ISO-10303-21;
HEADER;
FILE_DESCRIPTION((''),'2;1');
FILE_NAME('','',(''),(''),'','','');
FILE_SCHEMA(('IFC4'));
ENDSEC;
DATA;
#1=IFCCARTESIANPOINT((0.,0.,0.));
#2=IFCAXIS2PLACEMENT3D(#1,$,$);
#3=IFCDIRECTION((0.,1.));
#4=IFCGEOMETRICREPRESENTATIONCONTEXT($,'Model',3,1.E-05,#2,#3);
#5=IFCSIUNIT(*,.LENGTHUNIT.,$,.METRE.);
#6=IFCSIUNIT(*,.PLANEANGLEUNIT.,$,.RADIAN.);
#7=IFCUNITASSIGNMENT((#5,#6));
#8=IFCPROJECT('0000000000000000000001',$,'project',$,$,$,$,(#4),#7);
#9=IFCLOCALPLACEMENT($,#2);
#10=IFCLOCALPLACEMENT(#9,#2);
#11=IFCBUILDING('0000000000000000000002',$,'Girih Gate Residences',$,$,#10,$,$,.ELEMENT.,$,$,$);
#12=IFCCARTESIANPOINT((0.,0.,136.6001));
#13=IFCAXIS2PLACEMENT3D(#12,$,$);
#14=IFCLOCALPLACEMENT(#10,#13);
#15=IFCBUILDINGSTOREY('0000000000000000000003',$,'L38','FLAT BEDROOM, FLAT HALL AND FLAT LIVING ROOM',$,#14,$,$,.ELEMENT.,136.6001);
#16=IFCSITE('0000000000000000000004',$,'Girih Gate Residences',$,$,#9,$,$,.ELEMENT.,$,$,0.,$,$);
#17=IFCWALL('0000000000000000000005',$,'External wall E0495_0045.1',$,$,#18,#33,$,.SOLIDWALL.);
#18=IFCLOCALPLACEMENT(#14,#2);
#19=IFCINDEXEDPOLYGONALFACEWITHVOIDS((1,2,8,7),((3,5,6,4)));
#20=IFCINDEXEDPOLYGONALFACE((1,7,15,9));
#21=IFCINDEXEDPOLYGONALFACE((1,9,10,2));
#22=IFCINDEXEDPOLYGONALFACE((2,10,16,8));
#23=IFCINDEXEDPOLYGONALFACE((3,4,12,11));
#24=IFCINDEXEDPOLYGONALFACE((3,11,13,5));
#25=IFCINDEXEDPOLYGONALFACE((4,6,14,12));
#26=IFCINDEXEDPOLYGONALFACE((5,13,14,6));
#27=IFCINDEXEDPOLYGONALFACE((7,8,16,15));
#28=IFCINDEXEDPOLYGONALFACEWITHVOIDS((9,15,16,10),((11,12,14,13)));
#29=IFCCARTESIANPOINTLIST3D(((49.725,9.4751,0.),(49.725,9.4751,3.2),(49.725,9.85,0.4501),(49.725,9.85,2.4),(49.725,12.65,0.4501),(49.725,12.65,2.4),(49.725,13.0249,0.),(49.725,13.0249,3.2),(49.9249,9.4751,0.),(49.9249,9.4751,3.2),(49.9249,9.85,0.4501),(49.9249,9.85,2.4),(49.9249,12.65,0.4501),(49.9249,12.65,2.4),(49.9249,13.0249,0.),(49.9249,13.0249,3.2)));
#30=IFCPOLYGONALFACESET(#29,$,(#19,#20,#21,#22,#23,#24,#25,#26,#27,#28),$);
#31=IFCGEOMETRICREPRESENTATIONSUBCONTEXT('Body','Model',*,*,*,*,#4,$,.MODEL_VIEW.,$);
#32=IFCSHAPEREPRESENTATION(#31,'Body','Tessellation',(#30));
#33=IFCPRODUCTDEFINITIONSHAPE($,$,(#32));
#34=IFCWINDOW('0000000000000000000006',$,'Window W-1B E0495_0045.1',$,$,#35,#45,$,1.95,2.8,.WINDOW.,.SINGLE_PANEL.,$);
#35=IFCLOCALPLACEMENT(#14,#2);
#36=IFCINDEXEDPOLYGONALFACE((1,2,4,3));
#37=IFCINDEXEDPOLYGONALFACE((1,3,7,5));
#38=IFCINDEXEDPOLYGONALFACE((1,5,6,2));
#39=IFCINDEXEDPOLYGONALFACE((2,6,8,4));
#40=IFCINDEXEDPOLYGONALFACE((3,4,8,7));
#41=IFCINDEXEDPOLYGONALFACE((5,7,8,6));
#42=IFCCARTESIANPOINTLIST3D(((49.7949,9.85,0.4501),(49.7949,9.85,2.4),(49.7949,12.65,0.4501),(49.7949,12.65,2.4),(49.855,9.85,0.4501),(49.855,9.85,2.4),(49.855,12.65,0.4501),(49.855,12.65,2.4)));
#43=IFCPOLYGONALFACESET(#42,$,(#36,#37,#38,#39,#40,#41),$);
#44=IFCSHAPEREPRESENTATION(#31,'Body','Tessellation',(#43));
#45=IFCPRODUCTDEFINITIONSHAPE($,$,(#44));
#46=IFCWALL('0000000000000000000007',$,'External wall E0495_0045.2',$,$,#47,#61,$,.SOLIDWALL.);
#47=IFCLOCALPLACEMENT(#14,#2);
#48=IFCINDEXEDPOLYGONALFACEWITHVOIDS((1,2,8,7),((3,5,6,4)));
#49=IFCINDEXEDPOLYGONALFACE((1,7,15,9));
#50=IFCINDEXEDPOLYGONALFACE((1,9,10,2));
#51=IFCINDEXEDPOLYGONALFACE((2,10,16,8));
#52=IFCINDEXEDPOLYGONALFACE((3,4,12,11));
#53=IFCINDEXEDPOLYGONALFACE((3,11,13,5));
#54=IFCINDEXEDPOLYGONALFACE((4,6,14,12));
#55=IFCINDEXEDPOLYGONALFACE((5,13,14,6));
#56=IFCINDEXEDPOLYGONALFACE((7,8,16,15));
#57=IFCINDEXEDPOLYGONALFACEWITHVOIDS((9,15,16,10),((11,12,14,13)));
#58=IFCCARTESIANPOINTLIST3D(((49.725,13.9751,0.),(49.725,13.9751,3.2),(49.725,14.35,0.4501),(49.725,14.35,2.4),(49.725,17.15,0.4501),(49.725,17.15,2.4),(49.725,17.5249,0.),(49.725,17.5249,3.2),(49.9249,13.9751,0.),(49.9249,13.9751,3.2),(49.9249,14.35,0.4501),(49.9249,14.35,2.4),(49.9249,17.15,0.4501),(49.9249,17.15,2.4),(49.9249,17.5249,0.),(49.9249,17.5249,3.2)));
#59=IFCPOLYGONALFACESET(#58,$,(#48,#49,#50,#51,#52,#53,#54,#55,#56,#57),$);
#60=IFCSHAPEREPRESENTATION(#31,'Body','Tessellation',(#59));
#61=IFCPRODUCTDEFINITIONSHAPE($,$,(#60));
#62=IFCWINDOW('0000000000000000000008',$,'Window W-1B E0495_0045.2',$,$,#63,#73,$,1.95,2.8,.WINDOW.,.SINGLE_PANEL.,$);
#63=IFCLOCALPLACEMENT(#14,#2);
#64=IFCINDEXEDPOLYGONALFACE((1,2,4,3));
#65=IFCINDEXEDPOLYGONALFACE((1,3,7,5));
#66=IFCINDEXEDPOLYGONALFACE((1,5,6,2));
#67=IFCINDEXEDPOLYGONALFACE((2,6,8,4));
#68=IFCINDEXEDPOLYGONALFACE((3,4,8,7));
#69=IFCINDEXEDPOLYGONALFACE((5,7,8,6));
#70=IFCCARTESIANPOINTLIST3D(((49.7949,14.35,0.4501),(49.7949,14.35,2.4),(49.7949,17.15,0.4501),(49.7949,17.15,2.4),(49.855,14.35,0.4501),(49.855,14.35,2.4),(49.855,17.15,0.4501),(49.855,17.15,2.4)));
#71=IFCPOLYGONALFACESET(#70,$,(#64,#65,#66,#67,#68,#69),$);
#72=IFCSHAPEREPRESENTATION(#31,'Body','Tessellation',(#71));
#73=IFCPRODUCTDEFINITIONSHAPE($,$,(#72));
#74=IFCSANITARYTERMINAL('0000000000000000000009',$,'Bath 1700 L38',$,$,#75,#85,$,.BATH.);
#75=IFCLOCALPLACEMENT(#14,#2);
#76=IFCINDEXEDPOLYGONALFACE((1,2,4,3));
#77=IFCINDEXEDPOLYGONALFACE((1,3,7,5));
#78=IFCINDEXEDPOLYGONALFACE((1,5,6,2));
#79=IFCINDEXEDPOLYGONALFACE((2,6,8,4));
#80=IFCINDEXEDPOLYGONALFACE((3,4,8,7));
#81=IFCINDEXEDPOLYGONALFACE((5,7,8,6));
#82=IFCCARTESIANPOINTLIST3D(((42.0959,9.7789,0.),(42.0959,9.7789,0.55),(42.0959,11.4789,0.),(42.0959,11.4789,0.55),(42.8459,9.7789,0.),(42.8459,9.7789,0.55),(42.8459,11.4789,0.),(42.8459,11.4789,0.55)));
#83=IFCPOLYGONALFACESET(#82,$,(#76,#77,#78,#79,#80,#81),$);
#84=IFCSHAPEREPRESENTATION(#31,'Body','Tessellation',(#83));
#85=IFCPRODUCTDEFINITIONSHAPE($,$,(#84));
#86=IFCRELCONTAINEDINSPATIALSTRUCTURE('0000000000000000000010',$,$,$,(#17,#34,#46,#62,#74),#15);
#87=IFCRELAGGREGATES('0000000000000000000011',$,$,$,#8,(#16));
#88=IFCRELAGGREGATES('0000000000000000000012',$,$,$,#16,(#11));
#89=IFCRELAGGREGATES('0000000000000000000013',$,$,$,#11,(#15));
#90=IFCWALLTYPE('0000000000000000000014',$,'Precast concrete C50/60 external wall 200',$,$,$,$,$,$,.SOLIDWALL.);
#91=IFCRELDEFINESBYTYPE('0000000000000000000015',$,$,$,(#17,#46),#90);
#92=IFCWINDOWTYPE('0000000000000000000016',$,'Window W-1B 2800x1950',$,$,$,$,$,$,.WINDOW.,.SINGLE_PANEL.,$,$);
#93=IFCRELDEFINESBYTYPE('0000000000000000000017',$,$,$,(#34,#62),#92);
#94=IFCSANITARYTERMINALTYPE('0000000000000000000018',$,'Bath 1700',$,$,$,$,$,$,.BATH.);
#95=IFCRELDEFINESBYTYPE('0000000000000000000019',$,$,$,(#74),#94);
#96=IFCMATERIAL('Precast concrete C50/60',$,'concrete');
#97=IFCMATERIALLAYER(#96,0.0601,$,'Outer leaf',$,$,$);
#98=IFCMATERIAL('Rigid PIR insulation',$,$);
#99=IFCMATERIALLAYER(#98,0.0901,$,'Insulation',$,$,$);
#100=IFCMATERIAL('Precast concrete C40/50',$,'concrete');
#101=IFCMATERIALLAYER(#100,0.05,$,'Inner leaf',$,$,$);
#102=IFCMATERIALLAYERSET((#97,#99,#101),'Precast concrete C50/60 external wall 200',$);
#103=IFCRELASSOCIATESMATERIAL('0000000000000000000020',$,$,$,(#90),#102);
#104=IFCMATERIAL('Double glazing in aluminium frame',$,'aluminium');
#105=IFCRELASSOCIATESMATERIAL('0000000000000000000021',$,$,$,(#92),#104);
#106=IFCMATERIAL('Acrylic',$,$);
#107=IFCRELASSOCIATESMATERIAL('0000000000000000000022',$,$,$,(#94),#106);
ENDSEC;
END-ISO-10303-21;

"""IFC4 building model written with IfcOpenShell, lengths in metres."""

from ifc_helpers import new_model, si_unit, direction, frame, frame_2d, origin, origin_2d, place, context, subcontext, project, spatial, rectangle, extrude, material, layer, layer_set, type_object, element, fill, save


model = new_model("IFC4")

# Units and contexts
model_context = context("Model", 3, precision=1e-05, world=origin(), true_north=direction((0.0, 1.0)))
body_context = subcontext(model_context, "Body", "Model", "MODEL_VIEW")
ifc_project = project(units=[si_unit("LENGTHUNIT", "METRE"), si_unit("PLANEANGLEUNIT", "RADIAN")], contexts=[model_context])

# Site, building, storey
site_placement = place(None, origin())
site = spatial("IfcSite", under=ifc_project, at=site_placement, Name="Girih Gate Residences", CompositionType="ELEMENT", RefElevation=0.0)
building_placement = place(site_placement, origin())
building = spatial("IfcBuilding", under=site, at=building_placement, Name="Girih Gate Residences", CompositionType="ELEMENT")
storey_placement = place(building_placement, frame((0.0, 0.0, 136.6001)))
storey = spatial("IfcBuildingStorey", under=building, at=storey_placement, Name="L38", Description="FLAT BEDROOM, FLAT HALL AND FLAT LIVING ROOM", CompositionType="ELEMENT", Elevation=136.6001)

# Walls, openings, windows
ifc_material_1 = material(Name="Precast concrete C50/60", Category="concrete")
ifc_layer_1 = layer(ifc_material_1, 0.0601, Name="Outer leaf")
ifc_material_2 = material(Name="Rigid PIR insulation")
ifc_layer_2 = layer(ifc_material_2, 0.0901, Name="Insulation")
ifc_material_3 = material(Name="Precast concrete C40/50", Category="concrete")
ifc_layer_3 = layer(ifc_material_3, 0.05, Name="Inner leaf")
ifc_layer_set_1 = layer_set([ifc_layer_1, ifc_layer_2, ifc_layer_3], Name="Precast concrete C50/60 external wall 200")
wall_type_1 = type_object("IfcWallType", Name="Precast concrete C50/60 external wall 200", PredefinedType="SOLIDWALL", material=ifc_layer_set_1)
wall_1_placement = place(storey_placement, frame((49.825, 13.0249, 0.0), z_axis=(0.0, 0.0, 1.0), x_axis=(0.0, -1.0, 0.0)))
wall_1 = element("IfcWall", 1, at=wall_1_placement, inside=storey, type_object=wall_type_1, Name="External wall E0495_0045.1", PredefinedType="SOLIDWALL", context=body_context, shape_type="SweptSolid", body=[
    extrude(rectangle(XDim=3.5498, YDim=0.2, at=frame_2d((1.7749, 0.0))), origin(), (0.0, 0.0, 1.0), 3.2),
])
opening_1_placement = place(wall_1_placement, frame((0.375, 0.0, 0.45)))
opening_1 = element("IfcOpeningElement", 2, at=opening_1_placement, cuts=wall_1, PredefinedType="OPENING", context=body_context, shape_type="SweptSolid", body=[
    extrude(rectangle(XDim=2.8, YDim=1.95, at=frame_2d((1.3999, 0.9751))), frame((0.0, 0.1099, 0.0), z_axis=(0.0, -1.0, 0.0), x_axis=(1.0, 0.0, 0.0)), (0.0, 0.0, 1.0), 0.22),
])
ifc_material_4 = material(Name="Double glazing in aluminium frame", Category="aluminium")
window_type = type_object("IfcWindowType", Name="Window W-1B 2800x1950", PartitioningType="SINGLE_PANEL", PredefinedType="WINDOW", material=ifc_material_4)
window_1_placement = place(opening_1_placement, origin())
window_1 = element("IfcWindow", 3, at=window_1_placement, inside=storey, type_object=window_type, Name="Window W-1B E0495_0045.1", OverallHeight=1.95, OverallWidth=2.8, PartitioningType="SINGLE_PANEL", PredefinedType="WINDOW", context=body_context, shape_type="SweptSolid", body=[
    extrude(rectangle(XDim=2.8, YDim=1.95, at=frame_2d((1.3999, 0.9751))), frame((0.0, 0.03, 0.0), z_axis=(0.0, -1.0, 0.0), x_axis=(1.0, 0.0, 0.0)), (0.0, 0.0, 1.0), 0.0601),
])
fill(opening_1, window_1)
wall_2_placement = place(storey_placement, frame((49.825, 17.5249, 0.0), z_axis=(0.0, 0.0, 1.0), x_axis=(0.0, -1.0, 0.0)))
wall_2 = element("IfcWall", 4, at=wall_2_placement, inside=storey, type_object=wall_type_1, Name="External wall E0495_0045.2", PredefinedType="SOLIDWALL", context=body_context, shape_type="SweptSolid", body=[
    extrude(rectangle(XDim=3.5498, YDim=0.2, at=frame_2d((1.7749, 0.0))), origin(), (0.0, 0.0, 1.0), 3.2),
])
opening_2_placement = place(wall_2_placement, frame((0.375, 0.0, 0.45)))
opening_2 = element("IfcOpeningElement", 5, at=opening_2_placement, cuts=wall_2, PredefinedType="OPENING", context=body_context, shape_type="SweptSolid", body=[
    extrude(rectangle(XDim=2.8, YDim=1.95, at=frame_2d((1.3999, 0.9751))), frame((0.0, 0.1099, 0.0), z_axis=(0.0, -1.0, 0.0), x_axis=(1.0, 0.0, 0.0)), (0.0, 0.0, 1.0), 0.22),
])
window_2_placement = place(opening_2_placement, origin())
window_2 = element("IfcWindow", 6, at=window_2_placement, inside=storey, type_object=window_type, Name="Window W-1B E0495_0045.2", OverallHeight=1.95, OverallWidth=2.8, PartitioningType="SINGLE_PANEL", PredefinedType="WINDOW", context=body_context, shape_type="SweptSolid", body=[
    extrude(rectangle(XDim=2.8, YDim=1.95, at=frame_2d((1.3999, 0.9751))), frame((0.0, 0.03, 0.0), z_axis=(0.0, -1.0, 0.0), x_axis=(1.0, 0.0, 0.0)), (0.0, 0.0, 1.0), 0.0601),
])
fill(opening_2, window_2)

# Sanitary terminal
ifc_material_5 = material(Name="Acrylic")
sanitary_terminal_type = type_object("IfcSanitaryTerminalType", Name="Bath 1700", PredefinedType="BATH", material=ifc_material_5)
sanitary_terminal_placement = place(storey_placement, frame((42.4709, 10.6289, 0.0), z_axis=(0.0, 0.0, 1.0), x_axis=(1.0, 0.0, 0.0)))
element("IfcSanitaryTerminal", 7, at=sanitary_terminal_placement, inside=storey, type_object=sanitary_terminal_type, Name="Bath 1700 L38", PredefinedType="BATH", context=body_context, shape_type="SweptSolid", body=[
    extrude(rectangle(XDim=0.75, YDim=1.7, at=origin_2d()), origin(), (0.0, 0.0, 1.0), 0.55),
])

save(model, "model.ifc")
